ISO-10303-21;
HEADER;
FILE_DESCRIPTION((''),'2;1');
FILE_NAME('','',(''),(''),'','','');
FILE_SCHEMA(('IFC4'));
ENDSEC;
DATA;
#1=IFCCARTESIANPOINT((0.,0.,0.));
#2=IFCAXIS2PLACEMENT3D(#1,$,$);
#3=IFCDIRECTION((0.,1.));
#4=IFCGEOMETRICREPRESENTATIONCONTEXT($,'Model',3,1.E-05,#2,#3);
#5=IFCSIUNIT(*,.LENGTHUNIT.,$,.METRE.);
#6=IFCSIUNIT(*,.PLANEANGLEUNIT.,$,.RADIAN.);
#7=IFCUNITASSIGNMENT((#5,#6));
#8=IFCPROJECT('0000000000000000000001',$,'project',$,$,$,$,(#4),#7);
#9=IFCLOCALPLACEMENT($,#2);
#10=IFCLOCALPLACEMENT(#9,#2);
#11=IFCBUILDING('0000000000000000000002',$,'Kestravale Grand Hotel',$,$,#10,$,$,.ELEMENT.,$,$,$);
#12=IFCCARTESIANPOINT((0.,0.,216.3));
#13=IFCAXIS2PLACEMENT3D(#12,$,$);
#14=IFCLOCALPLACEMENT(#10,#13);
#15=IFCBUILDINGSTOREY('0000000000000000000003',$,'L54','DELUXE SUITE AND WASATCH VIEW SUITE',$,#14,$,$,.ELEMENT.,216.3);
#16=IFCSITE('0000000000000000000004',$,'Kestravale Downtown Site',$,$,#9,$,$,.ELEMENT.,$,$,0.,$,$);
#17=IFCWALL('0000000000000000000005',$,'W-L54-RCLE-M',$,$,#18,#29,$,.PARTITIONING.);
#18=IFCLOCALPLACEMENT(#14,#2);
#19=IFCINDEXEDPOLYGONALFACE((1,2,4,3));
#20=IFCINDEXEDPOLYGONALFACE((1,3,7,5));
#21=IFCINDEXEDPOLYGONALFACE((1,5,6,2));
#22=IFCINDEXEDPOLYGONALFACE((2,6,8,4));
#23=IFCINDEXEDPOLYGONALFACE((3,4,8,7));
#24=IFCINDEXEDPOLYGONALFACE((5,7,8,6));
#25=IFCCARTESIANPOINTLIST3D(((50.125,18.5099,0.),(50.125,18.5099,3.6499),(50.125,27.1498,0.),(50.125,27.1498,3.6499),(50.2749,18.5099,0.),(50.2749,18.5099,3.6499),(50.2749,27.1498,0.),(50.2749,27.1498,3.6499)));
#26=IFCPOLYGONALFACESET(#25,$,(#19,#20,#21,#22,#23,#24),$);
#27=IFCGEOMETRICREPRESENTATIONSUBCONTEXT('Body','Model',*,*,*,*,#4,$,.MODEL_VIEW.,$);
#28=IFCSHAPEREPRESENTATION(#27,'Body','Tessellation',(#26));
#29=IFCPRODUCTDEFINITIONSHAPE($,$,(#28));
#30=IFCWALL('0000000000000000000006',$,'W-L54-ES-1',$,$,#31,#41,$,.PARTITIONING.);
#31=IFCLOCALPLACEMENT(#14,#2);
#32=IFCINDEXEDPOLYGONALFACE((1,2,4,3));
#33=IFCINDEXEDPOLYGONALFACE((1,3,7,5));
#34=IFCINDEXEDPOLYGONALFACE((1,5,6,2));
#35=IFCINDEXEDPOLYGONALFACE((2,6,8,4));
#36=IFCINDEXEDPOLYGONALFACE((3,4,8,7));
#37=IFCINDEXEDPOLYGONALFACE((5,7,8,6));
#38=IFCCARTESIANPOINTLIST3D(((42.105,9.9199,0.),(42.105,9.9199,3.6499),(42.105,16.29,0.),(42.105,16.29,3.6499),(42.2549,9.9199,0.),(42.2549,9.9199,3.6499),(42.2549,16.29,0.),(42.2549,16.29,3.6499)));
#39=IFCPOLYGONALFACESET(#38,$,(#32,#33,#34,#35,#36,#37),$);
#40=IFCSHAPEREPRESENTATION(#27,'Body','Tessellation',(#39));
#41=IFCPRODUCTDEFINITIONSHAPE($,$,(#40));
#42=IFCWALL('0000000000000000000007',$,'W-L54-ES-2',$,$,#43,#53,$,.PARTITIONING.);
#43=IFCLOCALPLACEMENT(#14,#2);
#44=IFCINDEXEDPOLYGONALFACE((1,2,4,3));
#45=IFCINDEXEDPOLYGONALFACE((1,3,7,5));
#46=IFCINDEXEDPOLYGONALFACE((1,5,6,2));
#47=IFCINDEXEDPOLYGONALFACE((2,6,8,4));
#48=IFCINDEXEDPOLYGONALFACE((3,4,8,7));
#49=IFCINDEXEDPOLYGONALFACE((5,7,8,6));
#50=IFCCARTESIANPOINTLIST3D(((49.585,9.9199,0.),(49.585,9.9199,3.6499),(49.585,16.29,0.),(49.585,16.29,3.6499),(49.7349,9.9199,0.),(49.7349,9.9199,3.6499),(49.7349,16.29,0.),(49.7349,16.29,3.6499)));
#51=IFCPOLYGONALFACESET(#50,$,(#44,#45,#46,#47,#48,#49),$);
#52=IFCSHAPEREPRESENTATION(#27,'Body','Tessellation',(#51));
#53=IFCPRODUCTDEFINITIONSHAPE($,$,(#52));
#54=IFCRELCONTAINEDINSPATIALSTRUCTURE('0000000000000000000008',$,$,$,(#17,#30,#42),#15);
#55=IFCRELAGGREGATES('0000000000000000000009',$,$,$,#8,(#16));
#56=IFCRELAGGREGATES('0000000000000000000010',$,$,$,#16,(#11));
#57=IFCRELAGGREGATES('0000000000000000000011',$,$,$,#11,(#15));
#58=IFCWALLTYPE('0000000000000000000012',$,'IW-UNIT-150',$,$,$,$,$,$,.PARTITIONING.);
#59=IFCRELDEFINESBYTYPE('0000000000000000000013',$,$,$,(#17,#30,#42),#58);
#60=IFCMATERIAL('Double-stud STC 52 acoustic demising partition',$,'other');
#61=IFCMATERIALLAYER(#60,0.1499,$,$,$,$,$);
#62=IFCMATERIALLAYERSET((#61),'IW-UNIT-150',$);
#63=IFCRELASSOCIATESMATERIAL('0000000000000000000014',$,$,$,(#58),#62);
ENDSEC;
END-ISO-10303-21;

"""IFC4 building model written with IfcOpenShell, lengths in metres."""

from ifc_helpers import new_model, si_unit, direction, frame, frame_2d, origin, place, context, subcontext, project, spatial, rectangle, extrude, material, layer, layer_set, type_object, element, save


model = new_model("IFC4")

# Units and contexts
model_context = context("Model", 3, precision=1e-05, world=origin(), true_north=direction((0.0, 1.0)))
body_context = subcontext(model_context, "Body", "Model", "MODEL_VIEW")
ifc_project = project(units=[si_unit("LENGTHUNIT", "METRE"), si_unit("PLANEANGLEUNIT", "RADIAN")], contexts=[model_context])

# Site, building, storey
site_placement = place(None, origin())
site = spatial("IfcSite", under=ifc_project, at=site_placement, Name="Kestravale Downtown Site", CompositionType="ELEMENT", RefElevation=0.0)
building_placement = place(site_placement, origin())
building = spatial("IfcBuilding", under=site, at=building_placement, Name="Kestravale Grand Hotel", CompositionType="ELEMENT")
storey_placement = place(building_placement, frame((0.0, 0.0, 216.3)))
storey = spatial("IfcBuildingStorey", under=building, at=storey_placement, Name="L54", Description="DELUXE SUITE AND WASATCH VIEW SUITE", CompositionType="ELEMENT", Elevation=216.3)

# Walls
ifc_material_1 = material(Name="Double-stud STC 52 acoustic demising partition", Category="other")
ifc_layer_1 = layer(ifc_material_1, 0.1499)
ifc_layer_set_1 = layer_set([ifc_layer_1], Name="IW-UNIT-150")
wall_type_1 = type_object("IfcWallType", Name="IW-UNIT-150", PredefinedType="PARTITIONING", material=ifc_layer_set_1)
wall_1_placement = place(storey_placement, frame((50.2, 18.51, 0.0), z_axis=(0.0, 0.0, 1.0), x_axis=(0.0, 1.0, 0.0)))
element("IfcWall", 1, at=wall_1_placement, inside=storey, type_object=wall_type_1, Name="W-L54-RCLE-M", PredefinedType="PARTITIONING", context=body_context, shape_type="SweptSolid", body=[
    extrude(rectangle(XDim=8.6399, YDim=0.1499, at=frame_2d((4.3198, 0.0))), origin(), (0.0, 0.0, 1.0), 3.6499),
])
for number, where, z_axis, x_axis, name in (
    (2, (42.1799, 9.9199, 0.0), (0.0, 0.0, 1.0), (0.0, 1.0, 0.0), "W-L54-ES-1"),
    (3, (49.6599, 9.9199, 0.0), (0.0, 0.0, 1.0), (0.0, 1.0, 0.0), "W-L54-ES-2"),
):
    element("IfcWall", number, at=place(storey_placement, frame(where, z_axis=z_axis, x_axis=x_axis)), inside=storey, type_object=wall_type_1, Name=name, PredefinedType="PARTITIONING", context=body_context, shape_type="SweptSolid", body=[
        extrude(rectangle(XDim=6.3701, YDim=0.1499, at=frame_2d((3.1851, 0.0))), origin(), (0.0, 0.0, 1.0), 3.6499),
    ])

save(model, "model.ifc")
